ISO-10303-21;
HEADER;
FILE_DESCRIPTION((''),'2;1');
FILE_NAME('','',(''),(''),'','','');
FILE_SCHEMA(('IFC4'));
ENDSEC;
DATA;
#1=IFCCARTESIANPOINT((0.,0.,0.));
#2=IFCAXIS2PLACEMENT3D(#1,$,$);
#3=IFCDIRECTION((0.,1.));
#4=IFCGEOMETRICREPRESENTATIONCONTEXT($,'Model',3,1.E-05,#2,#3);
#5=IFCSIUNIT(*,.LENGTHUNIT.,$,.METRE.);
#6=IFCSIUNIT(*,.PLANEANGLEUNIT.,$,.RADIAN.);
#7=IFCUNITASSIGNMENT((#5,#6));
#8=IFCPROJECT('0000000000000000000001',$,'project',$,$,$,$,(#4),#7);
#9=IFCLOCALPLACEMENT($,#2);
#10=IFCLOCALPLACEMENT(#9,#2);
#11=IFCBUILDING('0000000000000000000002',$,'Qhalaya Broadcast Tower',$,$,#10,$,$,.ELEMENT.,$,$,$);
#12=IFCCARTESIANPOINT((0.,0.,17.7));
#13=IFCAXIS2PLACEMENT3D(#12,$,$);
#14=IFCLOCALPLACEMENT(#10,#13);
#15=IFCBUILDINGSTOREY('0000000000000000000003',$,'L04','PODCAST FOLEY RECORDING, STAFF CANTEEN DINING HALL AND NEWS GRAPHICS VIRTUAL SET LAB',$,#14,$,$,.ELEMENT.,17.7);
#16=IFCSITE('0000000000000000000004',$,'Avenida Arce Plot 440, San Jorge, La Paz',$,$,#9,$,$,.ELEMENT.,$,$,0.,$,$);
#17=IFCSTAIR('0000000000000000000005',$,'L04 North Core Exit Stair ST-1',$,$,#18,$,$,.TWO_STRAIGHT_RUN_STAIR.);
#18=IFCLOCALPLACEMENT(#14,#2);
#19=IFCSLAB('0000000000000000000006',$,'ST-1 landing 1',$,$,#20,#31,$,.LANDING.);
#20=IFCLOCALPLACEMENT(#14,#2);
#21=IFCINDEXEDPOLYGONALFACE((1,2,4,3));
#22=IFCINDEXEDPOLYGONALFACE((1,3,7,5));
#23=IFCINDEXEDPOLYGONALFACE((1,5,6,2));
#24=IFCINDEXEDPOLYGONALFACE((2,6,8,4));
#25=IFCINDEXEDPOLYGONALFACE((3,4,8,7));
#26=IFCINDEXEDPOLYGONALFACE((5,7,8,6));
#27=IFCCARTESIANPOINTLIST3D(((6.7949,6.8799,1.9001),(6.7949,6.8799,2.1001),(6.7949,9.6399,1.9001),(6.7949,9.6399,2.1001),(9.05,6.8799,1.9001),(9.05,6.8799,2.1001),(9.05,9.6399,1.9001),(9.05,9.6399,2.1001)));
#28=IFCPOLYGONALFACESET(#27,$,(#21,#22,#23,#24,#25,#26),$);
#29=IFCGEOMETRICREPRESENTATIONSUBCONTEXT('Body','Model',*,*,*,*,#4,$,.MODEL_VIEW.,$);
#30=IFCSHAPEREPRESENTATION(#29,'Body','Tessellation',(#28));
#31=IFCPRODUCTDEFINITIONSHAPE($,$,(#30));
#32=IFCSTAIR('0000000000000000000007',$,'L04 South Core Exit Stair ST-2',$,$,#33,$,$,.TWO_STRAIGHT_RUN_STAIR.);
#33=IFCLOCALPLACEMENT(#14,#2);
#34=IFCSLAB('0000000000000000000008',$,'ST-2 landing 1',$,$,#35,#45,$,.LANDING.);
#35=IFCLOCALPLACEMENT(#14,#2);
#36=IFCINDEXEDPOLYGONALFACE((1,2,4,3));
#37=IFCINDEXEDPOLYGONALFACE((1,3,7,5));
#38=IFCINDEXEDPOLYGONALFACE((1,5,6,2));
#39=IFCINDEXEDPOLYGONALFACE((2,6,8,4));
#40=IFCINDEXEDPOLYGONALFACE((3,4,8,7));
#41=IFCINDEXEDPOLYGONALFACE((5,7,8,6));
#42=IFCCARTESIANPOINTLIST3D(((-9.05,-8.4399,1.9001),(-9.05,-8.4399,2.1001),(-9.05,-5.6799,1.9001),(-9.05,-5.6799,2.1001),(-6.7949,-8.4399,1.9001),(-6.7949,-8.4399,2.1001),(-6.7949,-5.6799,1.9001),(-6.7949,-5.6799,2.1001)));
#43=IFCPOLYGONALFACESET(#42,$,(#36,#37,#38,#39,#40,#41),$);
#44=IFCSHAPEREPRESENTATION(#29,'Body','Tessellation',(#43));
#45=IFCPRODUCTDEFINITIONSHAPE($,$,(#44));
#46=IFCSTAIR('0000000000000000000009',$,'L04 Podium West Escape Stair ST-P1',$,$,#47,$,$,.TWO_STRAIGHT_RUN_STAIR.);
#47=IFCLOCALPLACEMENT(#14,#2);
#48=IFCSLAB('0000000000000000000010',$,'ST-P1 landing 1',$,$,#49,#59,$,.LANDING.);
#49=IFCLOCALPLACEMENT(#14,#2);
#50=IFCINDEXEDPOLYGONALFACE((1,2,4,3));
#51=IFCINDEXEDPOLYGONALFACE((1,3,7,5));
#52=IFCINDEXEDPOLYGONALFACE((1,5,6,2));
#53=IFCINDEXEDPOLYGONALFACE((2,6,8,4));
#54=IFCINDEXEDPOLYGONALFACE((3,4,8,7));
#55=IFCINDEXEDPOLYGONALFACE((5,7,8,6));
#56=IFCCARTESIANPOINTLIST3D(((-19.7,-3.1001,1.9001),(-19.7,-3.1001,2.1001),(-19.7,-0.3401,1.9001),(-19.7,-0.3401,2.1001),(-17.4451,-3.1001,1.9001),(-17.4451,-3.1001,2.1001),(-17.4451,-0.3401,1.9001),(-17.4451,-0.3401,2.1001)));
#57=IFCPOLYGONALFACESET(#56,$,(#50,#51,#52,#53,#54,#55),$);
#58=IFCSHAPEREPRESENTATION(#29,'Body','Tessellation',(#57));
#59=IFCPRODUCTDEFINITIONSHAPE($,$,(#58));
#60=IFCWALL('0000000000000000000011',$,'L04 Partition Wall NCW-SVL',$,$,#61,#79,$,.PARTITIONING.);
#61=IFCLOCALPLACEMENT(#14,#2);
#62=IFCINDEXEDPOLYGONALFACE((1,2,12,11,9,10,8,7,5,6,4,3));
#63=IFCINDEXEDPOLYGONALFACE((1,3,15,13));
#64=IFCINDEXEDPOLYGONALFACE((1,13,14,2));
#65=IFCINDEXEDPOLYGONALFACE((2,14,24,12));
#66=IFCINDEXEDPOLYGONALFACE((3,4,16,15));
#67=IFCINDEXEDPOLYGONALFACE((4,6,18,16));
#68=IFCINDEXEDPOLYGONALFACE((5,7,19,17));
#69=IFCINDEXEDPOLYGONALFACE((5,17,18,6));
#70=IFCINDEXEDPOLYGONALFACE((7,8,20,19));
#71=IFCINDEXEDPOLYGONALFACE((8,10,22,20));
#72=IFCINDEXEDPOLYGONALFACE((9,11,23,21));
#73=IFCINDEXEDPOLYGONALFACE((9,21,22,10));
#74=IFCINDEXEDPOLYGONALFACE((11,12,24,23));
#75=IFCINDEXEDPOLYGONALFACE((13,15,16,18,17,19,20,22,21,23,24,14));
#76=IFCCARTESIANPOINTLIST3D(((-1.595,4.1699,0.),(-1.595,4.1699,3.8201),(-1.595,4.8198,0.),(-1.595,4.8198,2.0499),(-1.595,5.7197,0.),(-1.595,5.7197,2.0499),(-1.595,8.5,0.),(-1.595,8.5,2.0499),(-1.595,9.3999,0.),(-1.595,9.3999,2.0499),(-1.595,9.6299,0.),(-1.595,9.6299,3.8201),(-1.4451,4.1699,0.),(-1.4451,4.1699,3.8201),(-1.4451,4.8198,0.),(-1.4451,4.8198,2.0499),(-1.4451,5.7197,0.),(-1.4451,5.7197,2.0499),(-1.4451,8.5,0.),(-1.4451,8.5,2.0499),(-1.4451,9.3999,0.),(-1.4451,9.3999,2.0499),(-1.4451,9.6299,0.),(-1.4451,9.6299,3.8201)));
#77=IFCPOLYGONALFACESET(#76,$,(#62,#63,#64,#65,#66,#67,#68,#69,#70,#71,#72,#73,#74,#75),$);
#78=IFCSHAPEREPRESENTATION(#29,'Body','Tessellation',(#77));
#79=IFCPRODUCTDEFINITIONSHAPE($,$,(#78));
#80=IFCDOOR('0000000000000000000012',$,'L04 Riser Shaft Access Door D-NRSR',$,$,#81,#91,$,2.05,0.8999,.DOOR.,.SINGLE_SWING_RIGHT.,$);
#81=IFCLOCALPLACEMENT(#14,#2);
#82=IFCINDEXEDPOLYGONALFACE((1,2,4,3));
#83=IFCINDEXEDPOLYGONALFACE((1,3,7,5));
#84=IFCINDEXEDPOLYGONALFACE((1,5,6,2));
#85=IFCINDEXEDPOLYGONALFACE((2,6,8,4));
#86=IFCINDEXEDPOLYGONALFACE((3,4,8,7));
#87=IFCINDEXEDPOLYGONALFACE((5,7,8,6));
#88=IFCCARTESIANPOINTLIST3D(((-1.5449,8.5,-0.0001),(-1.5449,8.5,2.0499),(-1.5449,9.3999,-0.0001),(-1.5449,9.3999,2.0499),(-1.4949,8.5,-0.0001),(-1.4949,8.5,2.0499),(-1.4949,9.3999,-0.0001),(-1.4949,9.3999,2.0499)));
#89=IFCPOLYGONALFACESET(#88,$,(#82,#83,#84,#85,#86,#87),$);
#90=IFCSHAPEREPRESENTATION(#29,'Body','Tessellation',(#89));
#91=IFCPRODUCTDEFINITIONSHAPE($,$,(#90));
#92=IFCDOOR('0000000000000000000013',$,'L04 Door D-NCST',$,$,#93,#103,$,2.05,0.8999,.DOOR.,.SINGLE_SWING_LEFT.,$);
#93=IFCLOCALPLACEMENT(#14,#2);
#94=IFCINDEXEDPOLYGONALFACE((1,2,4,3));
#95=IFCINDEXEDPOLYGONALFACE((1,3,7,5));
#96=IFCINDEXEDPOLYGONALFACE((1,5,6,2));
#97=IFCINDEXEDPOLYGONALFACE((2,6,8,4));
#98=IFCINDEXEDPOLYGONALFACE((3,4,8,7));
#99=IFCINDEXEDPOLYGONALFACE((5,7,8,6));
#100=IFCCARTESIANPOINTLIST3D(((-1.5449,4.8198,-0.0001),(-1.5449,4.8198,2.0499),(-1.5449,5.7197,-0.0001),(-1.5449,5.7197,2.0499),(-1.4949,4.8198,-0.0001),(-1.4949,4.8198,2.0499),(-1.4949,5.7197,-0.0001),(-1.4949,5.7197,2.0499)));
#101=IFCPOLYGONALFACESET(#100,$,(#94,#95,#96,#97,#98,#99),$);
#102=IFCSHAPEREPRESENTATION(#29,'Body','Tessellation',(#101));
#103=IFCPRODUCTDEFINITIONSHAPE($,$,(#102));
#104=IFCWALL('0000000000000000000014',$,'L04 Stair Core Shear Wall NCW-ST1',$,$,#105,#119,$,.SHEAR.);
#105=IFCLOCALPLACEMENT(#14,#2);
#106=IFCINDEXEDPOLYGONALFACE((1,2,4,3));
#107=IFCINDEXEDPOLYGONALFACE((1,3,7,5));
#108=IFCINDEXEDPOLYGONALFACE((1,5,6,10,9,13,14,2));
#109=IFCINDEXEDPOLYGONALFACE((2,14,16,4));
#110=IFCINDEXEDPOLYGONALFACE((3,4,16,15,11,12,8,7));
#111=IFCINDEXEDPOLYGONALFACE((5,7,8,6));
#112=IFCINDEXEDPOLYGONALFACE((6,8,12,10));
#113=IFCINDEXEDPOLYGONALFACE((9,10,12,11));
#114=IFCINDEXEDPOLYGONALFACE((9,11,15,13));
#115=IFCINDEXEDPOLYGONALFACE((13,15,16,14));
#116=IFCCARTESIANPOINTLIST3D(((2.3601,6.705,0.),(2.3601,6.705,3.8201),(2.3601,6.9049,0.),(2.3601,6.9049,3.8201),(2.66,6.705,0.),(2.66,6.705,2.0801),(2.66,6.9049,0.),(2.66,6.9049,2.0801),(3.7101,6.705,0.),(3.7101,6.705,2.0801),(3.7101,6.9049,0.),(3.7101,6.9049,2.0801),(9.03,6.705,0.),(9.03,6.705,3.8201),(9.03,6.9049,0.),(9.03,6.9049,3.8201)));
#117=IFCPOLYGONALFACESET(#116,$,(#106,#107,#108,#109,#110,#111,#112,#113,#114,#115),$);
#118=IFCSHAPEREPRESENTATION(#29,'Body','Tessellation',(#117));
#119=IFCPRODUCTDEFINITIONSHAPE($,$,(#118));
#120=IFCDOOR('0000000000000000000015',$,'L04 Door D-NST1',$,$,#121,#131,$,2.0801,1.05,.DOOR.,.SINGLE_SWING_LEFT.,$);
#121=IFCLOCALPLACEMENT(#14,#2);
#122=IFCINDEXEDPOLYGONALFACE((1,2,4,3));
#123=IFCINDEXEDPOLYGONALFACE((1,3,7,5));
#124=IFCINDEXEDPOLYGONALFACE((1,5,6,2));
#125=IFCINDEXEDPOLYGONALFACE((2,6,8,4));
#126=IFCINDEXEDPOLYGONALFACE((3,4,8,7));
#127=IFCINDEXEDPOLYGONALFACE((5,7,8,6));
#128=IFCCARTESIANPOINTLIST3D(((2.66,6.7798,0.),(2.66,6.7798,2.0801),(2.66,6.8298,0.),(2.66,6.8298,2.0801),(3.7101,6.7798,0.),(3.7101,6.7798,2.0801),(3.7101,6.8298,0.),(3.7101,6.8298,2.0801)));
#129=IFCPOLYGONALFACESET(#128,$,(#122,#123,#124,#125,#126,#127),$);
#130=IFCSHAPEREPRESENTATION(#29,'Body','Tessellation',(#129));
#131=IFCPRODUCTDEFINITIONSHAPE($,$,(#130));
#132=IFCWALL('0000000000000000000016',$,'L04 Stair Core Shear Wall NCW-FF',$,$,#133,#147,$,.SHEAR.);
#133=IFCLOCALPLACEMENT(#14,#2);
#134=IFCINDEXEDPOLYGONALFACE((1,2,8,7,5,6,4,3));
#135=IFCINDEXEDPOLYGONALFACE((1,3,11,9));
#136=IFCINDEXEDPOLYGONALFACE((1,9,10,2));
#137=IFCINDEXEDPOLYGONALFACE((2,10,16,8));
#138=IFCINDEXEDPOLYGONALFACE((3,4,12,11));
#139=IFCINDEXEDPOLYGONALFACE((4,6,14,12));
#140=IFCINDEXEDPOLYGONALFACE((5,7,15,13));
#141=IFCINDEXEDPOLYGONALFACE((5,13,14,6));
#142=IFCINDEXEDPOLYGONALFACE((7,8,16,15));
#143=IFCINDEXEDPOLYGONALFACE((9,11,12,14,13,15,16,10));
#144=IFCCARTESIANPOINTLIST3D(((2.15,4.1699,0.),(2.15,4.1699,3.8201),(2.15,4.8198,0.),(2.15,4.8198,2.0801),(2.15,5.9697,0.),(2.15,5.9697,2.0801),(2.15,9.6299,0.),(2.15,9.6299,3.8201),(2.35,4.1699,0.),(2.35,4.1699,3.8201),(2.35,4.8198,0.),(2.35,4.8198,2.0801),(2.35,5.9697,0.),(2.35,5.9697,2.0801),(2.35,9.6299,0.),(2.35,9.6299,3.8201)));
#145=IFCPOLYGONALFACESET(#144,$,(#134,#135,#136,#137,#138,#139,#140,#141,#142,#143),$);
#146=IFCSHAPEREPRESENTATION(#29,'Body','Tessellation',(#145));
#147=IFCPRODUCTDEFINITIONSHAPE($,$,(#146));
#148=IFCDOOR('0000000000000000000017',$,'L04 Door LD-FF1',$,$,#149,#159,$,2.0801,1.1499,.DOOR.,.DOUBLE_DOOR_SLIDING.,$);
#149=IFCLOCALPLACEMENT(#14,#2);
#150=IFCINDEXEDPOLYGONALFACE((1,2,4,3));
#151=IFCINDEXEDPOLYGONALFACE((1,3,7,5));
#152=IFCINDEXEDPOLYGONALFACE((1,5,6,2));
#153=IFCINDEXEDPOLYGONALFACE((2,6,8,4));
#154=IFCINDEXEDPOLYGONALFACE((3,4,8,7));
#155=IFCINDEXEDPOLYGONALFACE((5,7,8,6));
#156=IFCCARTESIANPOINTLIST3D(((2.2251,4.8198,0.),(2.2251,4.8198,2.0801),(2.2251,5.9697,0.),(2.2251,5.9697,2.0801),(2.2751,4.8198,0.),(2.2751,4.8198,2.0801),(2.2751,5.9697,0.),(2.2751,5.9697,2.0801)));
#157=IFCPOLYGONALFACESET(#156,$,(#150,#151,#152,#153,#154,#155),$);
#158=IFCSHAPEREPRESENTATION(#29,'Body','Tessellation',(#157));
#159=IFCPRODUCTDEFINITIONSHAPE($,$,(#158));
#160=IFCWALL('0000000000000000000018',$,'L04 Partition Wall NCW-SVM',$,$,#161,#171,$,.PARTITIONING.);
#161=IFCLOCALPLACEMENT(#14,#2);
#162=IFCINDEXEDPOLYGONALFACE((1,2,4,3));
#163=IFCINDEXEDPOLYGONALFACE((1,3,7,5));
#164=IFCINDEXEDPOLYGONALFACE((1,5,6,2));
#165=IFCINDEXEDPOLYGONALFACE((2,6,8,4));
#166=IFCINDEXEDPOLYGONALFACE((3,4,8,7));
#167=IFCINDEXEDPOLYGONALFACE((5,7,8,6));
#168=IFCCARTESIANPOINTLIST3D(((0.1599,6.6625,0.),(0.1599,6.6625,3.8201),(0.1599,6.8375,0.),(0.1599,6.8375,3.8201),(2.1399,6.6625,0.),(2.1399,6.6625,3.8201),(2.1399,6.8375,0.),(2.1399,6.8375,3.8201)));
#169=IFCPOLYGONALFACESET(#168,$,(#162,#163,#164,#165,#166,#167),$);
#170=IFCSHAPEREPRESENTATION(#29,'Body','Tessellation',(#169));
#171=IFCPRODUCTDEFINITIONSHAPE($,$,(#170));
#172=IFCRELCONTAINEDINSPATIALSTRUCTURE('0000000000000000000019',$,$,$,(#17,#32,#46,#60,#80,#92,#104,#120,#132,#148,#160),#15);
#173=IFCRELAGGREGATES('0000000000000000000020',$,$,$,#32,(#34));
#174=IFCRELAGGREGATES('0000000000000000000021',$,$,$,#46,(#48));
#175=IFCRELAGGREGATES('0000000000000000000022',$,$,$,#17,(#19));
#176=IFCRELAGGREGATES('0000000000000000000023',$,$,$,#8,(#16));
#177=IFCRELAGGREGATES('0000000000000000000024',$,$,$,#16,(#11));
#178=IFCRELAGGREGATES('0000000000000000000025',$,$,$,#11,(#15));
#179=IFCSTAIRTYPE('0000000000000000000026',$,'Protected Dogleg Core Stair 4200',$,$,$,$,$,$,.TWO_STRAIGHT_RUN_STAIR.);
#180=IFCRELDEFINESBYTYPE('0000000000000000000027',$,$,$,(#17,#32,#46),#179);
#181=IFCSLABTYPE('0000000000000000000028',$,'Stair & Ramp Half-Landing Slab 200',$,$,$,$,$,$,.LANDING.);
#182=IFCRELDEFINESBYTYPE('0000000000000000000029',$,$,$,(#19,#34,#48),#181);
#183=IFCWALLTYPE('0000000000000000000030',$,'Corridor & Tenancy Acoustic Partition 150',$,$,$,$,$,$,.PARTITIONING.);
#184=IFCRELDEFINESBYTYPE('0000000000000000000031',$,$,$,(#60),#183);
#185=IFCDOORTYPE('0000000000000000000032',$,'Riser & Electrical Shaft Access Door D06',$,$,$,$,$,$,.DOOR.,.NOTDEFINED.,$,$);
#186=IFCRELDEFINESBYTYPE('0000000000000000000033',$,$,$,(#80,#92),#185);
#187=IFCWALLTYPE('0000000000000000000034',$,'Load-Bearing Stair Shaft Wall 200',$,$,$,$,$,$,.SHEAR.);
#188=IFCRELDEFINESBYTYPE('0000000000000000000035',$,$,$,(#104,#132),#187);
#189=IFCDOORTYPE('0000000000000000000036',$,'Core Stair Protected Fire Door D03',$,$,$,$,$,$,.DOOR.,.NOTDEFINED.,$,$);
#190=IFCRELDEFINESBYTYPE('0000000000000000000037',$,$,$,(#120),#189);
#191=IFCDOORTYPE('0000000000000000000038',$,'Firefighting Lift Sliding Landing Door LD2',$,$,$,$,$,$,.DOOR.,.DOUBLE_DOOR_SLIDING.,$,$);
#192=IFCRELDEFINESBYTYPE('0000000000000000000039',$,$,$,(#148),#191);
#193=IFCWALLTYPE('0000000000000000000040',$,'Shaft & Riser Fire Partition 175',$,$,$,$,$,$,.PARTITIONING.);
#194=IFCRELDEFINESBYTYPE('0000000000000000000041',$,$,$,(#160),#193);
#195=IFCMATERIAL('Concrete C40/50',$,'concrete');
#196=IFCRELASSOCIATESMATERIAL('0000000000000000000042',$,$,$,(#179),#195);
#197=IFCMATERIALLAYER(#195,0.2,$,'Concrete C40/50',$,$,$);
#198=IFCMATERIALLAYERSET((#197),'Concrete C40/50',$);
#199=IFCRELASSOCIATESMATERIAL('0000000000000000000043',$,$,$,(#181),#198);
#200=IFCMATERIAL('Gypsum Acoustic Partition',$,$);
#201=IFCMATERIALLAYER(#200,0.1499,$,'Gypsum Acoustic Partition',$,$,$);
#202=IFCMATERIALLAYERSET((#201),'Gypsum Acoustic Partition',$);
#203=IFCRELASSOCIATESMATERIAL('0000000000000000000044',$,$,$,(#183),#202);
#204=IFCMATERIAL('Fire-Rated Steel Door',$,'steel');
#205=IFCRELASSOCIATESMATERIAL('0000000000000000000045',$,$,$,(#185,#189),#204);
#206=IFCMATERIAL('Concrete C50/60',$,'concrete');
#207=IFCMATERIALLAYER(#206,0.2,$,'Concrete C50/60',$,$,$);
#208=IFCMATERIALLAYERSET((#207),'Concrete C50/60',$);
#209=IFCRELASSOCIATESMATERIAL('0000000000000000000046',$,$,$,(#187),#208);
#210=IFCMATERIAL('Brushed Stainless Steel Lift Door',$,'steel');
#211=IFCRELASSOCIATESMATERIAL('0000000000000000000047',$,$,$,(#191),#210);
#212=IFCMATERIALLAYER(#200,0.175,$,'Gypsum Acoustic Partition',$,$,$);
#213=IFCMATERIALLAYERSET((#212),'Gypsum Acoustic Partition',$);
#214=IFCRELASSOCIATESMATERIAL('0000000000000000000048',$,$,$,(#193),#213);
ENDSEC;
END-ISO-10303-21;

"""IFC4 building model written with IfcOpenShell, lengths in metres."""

from ifc_helpers import new_model, si_unit, direction, frame, frame_2d, origin, place, context, subcontext, project, spatial, polyline, rectangle, outline, extrude, material, layer, layer_set, type_object, element, fill, aggregate, save


model = new_model("IFC4")

# Units and contexts
model_context = context("Model", 3, precision=1e-05, world=origin(), true_north=direction((0.0, 1.0)))
body_context = subcontext(model_context, "Body", "Model", "MODEL_VIEW")
ifc_project = project(units=[si_unit("LENGTHUNIT", "METRE"), si_unit("PLANEANGLEUNIT", "RADIAN")], contexts=[model_context])

# Site, building, storey
site_placement = place(None, origin())
site = spatial("IfcSite", under=ifc_project, at=site_placement, Name="Avenida Arce Plot 440, San Jorge, La Paz", CompositionType="ELEMENT", RefElevation=0.0)
building_placement = place(site_placement, origin())
building = spatial("IfcBuilding", under=site, at=building_placement, Name="Qhalaya Broadcast Tower", CompositionType="ELEMENT")
storey_placement = place(building_placement, frame((0.0, 0.0, 17.7)))
storey = spatial("IfcBuildingStorey", under=building, at=storey_placement, Name="L04", Description="PODCAST FOLEY RECORDING, STAFF CANTEEN DINING HALL AND NEWS GRAPHICS VIRTUAL SET LAB", CompositionType="ELEMENT", Elevation=17.7)

# Shared definitions
ifc_material_1 = material(Name="Concrete C50/60", Category="concrete")

# Shared definitions
ifc_material_2 = material(Name="Concrete C40/50", Category="concrete")

# Stairs, slabs
stair_type = type_object("IfcStairType", Name="Protected Dogleg Core Stair 4200", PredefinedType="TWO_STRAIGHT_RUN_STAIR", material=ifc_material_2)
stair_1_placement = place(storey_placement, origin())
stair_1 = element("IfcStair", 1, at=stair_1_placement, inside=storey, type_object=stair_type, Name="L04 North Core Exit Stair ST-1", PredefinedType="TWO_STRAIGHT_RUN_STAIR")
ifc_layer_1 = layer(ifc_material_2, 0.2, Name="Concrete C40/50")
ifc_layer_set_1 = layer_set([ifc_layer_1], Name="Concrete C40/50")
slab_type_1 = type_object("IfcSlabType", Name="Stair & Ramp Half-Landing Slab 200", PredefinedType="LANDING", material=ifc_layer_set_1)
slab_1_placement = place(storey_placement, frame((0.0, 0.0, 1.9001)))
slab_1 = element("IfcSlab", 2, at=slab_1_placement, type_object=slab_type_1, Name="ST-1 landing 1", PredefinedType="LANDING", context=body_context, shape_type="SweptSolid", body=[
    extrude(outline(polyline([(6.7949, 6.8799), (9.05, 6.8799), (9.05, 9.6399), (6.7949, 9.6399), (6.7949, 6.8799)])), origin(), (0.0, 0.0, 1.0), 0.2),
])
stair_2_placement = place(storey_placement, origin())
stair_2 = element("IfcStair", 3, at=stair_2_placement, inside=storey, type_object=stair_type, Name="L04 South Core Exit Stair ST-2", PredefinedType="TWO_STRAIGHT_RUN_STAIR")
slab_2_placement = place(storey_placement, frame((0.0, 0.0, 1.9001)))
slab_2 = element("IfcSlab", 4, at=slab_2_placement, type_object=slab_type_1, Name="ST-2 landing 1", PredefinedType="LANDING", context=body_context, shape_type="SweptSolid", body=[
    extrude(outline(polyline([(-6.7949, -5.6799), (-9.05, -5.6799), (-9.05, -8.4399), (-6.7949, -8.4399), (-6.7949, -5.6799)])), origin(), (0.0, 0.0, 1.0), 0.2),
])
aggregate(stair_2, [slab_2])
stair_3_placement = place(storey_placement, origin())
stair_3 = element("IfcStair", 5, at=stair_3_placement, inside=storey, type_object=stair_type, Name="L04 Podium West Escape Stair ST-P1", PredefinedType="TWO_STRAIGHT_RUN_STAIR")
slab_3_placement = place(storey_placement, frame((0.0, 0.0, 1.9001)))
slab_3 = element("IfcSlab", 6, at=slab_3_placement, type_object=slab_type_1, Name="ST-P1 landing 1", PredefinedType="LANDING", context=body_context, shape_type="SweptSolid", body=[
    extrude(outline(polyline([(-17.4451, -0.3401), (-19.7, -0.3401), (-19.7, -3.1001), (-17.4451, -3.1001), (-17.4451, -0.3401)])), origin(), (0.0, 0.0, 1.0), 0.2),
])
aggregate(stair_3, [slab_3])

# Wall, openings, doors
ifc_material_3 = material(Name="Gypsum Acoustic Partition")
ifc_layer_2 = layer(ifc_material_3, 0.1499, Name="Gypsum Acoustic Partition")
ifc_layer_set_2 = layer_set([ifc_layer_2], Name="Gypsum Acoustic Partition")
wall_type_1 = type_object("IfcWallType", Name="Corridor & Tenancy Acoustic Partition 150", PredefinedType="PARTITIONING", material=ifc_layer_set_2)
wall_1_placement = place(storey_placement, frame((-1.52, 4.1699, 0.0), z_axis=(0.0, 0.0, 1.0), x_axis=(0.0, 1.0, 0.0)))
wall_1 = element("IfcWall", 7, at=wall_1_placement, inside=storey, type_object=wall_type_1, Name="L04 Partition Wall NCW-SVL", PredefinedType="PARTITIONING", context=body_context, shape_type="SweptSolid", body=[
    extrude(rectangle(XDim=5.46, YDim=0.1499, at=frame_2d((2.73, 0.0))), origin(), (0.0, 0.0, 1.0), 3.8201),
])
opening_1_placement = place(wall_1_placement, frame((4.3301, 0.0, 0.0)))
opening_1 = element("IfcOpeningElement", 8, at=opening_1_placement, cuts=wall_1, PredefinedType="OPENING", context=body_context, shape_type="SweptSolid", body=[
    extrude(rectangle(XDim=0.8999, YDim=2.05, at=frame_2d((0.45, 1.0249))), frame((0.0, 0.0869, 0.0), z_axis=(0.0, -1.0, 0.0), x_axis=(1.0, 0.0, 0.0)), (0.0, 0.0, 1.0), 0.1738),
])
opening_2_placement = place(wall_1_placement, frame((0.6499, 0.0, 0.0)))
opening_2 = element("IfcOpeningElement", 9, at=opening_2_placement, cuts=wall_1, PredefinedType="OPENING", context=body_context, shape_type="SweptSolid", body=[
    extrude(rectangle(XDim=0.8999, YDim=2.05, at=frame_2d((0.45, 1.0249))), frame((0.0, 0.0869, 0.0), z_axis=(0.0, -1.0, 0.0), x_axis=(1.0, 0.0, 0.0)), (0.0, 0.0, 1.0), 0.1738),
])
ifc_material_4 = material(Name="Fire-Rated Steel Door", Category="steel")
door_type_1 = type_object("IfcDoorType", Name="Riser & Electrical Shaft Access Door D06", OperationType="NOTDEFINED", PredefinedType="DOOR", material=ifc_material_4)
door_1_placement = place(opening_1_placement, origin())
door_1 = element("IfcDoor", 10, at=door_1_placement, inside=storey, type_object=door_type_1, Name="L04 Riser Shaft Access Door D-NRSR", OperationType="SINGLE_SWING_RIGHT", OverallHeight=2.05, OverallWidth=0.8999, PredefinedType="DOOR", context=body_context, shape_type="SweptSolid", body=[
    extrude(rectangle(XDim=0.8999, YDim=2.05, at=frame_2d((0.45, 1.0249))), frame((0.0, 0.0249, 0.0), z_axis=(0.0, -1.0, 0.0), x_axis=(1.0, 0.0, 0.0)), (0.0, 0.0, 1.0), 0.05),
])
fill(opening_1, door_1)
door_2_placement = place(opening_2_placement, origin())
door_2 = element("IfcDoor", 11, at=door_2_placement, inside=storey, type_object=door_type_1, Name="L04 Door D-NCST", OperationType="SINGLE_SWING_LEFT", OverallHeight=2.05, OverallWidth=0.8999, PredefinedType="DOOR", context=body_context, shape_type="SweptSolid", body=[
    extrude(rectangle(XDim=0.8999, YDim=2.05, at=frame_2d((0.45, 1.0249))), frame((0.0, 0.0249, 0.0), z_axis=(0.0, -1.0, 0.0), x_axis=(1.0, 0.0, 0.0)), (0.0, 0.0, 1.0), 0.05),
])
fill(opening_2, door_2)

# Walls, openings, doors
ifc_layer_3 = layer(ifc_material_1, 0.2, Name="Concrete C50/60")
ifc_layer_set_3 = layer_set([ifc_layer_3], Name="Concrete C50/60")
wall_type_2 = type_object("IfcWallType", Name="Load-Bearing Stair Shaft Wall 200", PredefinedType="SHEAR", material=ifc_layer_set_3)
wall_2_placement = place(storey_placement, frame((2.3601, 6.8049, 0.0), z_axis=(0.0, 0.0, 1.0), x_axis=(1.0, 0.0, 0.0)))
wall_2 = element("IfcWall", 12, at=wall_2_placement, inside=storey, type_object=wall_type_2, Name="L04 Stair Core Shear Wall NCW-ST1", PredefinedType="SHEAR", context=body_context, shape_type="SweptSolid", body=[
    extrude(rectangle(XDim=6.6699, YDim=0.2, at=frame_2d((3.335, 0.0))), origin(), (0.0, 0.0, 1.0), 3.8201),
])
opening_3_placement = place(wall_2_placement, frame((0.3, 0.0, 0.0)))
opening_3 = element("IfcOpeningElement", 13, at=opening_3_placement, cuts=wall_2, PredefinedType="OPENING", context=body_context, shape_type="SweptSolid", body=[
    extrude(rectangle(XDim=1.05, YDim=2.0801, at=frame_2d((0.5249, 1.04))), frame((0.0, 0.1121, 0.0), z_axis=(0.0, -1.0, 0.0), x_axis=(1.0, 0.0, 0.0)), (0.0, 0.0, 1.0), 0.2239),
])
door_type_2 = type_object("IfcDoorType", Name="Core Stair Protected Fire Door D03", OperationType="NOTDEFINED", PredefinedType="DOOR", material=ifc_material_4)
door_3_placement = place(opening_3_placement, origin())
door_3 = element("IfcDoor", 14, at=door_3_placement, inside=storey, type_object=door_type_2, Name="L04 Door D-NST1", OperationType="SINGLE_SWING_LEFT", OverallHeight=2.0801, OverallWidth=1.05, PredefinedType="DOOR", context=body_context, shape_type="SweptSolid", body=[
    extrude(rectangle(XDim=1.05, YDim=2.0801, at=frame_2d((0.5249, 1.04))), frame((0.0, 0.0249, 0.0), z_axis=(0.0, -1.0, 0.0), x_axis=(1.0, 0.0, 0.0)), (0.0, 0.0, 1.0), 0.05),
])
fill(opening_3, door_3)
wall_3_placement = place(storey_placement, frame((2.25, 4.1699, 0.0), z_axis=(0.0, 0.0, 1.0), x_axis=(0.0, 1.0, 0.0)))
wall_3 = element("IfcWall", 15, at=wall_3_placement, inside=storey, type_object=wall_type_2, Name="L04 Stair Core Shear Wall NCW-FF", PredefinedType="SHEAR", context=body_context, shape_type="SweptSolid", body=[
    extrude(rectangle(XDim=5.46, YDim=0.2, at=frame_2d((2.73, 0.0))), origin(), (0.0, 0.0, 1.0), 3.8201),
])
opening_4_placement = place(wall_3_placement, frame((0.6499, 0.0, 0.0)))
opening_4 = element("IfcOpeningElement", 16, at=opening_4_placement, cuts=wall_3, PredefinedType="OPENING", context=body_context, shape_type="SweptSolid", body=[
    extrude(rectangle(XDim=1.1499, YDim=2.0801, at=frame_2d((0.575, 1.04))), frame((0.0, 0.1121, 0.0), z_axis=(0.0, -1.0, 0.0), x_axis=(1.0, 0.0, 0.0)), (0.0, 0.0, 1.0), 0.2239),
])
ifc_material_5 = material(Name="Brushed Stainless Steel Lift Door", Category="steel")
door_type_3 = type_object("IfcDoorType", Name="Firefighting Lift Sliding Landing Door LD2", OperationType="DOUBLE_DOOR_SLIDING", PredefinedType="DOOR", material=ifc_material_5)
door_4_placement = place(opening_4_placement, origin())
door_4 = element("IfcDoor", 17, at=door_4_placement, inside=storey, type_object=door_type_3, Name="L04 Door LD-FF1", OperationType="DOUBLE_DOOR_SLIDING", OverallHeight=2.0801, OverallWidth=1.1499, PredefinedType="DOOR", context=body_context, shape_type="SweptSolid", body=[
    extrude(rectangle(XDim=1.1499, YDim=2.0801, at=frame_2d((0.575, 1.04))), frame((0.0, 0.0249, 0.0), z_axis=(0.0, -1.0, 0.0), x_axis=(1.0, 0.0, 0.0)), (0.0, 0.0, 1.0), 0.05),
])
fill(opening_4, door_4)
ifc_layer_4 = layer(ifc_material_3, 0.175, Name="Gypsum Acoustic Partition")
ifc_layer_set_4 = layer_set([ifc_layer_4], Name="Gypsum Acoustic Partition")
wall_type_3 = type_object("IfcWallType", Name="Shaft & Riser Fire Partition 175", PredefinedType="PARTITIONING", material=ifc_layer_set_4)

# Wall
wall_4_placement = place(storey_placement, frame((0.1599, 6.75, 0.0), z_axis=(0.0, 0.0, 1.0), x_axis=(1.0, 0.0, 0.0)))
element("IfcWall", 18, at=wall_4_placement, inside=storey, type_object=wall_type_3, Name="L04 Partition Wall NCW-SVM", PredefinedType="PARTITIONING", context=body_context, shape_type="SweptSolid", body=[
    extrude(rectangle(XDim=1.98, YDim=0.175, at=frame_2d((0.99, 0.0))), origin(), (0.0, 0.0, 1.0), 3.8201),
])

aggregate(stair_1, [slab_1])

save(model, "model.ifc")
